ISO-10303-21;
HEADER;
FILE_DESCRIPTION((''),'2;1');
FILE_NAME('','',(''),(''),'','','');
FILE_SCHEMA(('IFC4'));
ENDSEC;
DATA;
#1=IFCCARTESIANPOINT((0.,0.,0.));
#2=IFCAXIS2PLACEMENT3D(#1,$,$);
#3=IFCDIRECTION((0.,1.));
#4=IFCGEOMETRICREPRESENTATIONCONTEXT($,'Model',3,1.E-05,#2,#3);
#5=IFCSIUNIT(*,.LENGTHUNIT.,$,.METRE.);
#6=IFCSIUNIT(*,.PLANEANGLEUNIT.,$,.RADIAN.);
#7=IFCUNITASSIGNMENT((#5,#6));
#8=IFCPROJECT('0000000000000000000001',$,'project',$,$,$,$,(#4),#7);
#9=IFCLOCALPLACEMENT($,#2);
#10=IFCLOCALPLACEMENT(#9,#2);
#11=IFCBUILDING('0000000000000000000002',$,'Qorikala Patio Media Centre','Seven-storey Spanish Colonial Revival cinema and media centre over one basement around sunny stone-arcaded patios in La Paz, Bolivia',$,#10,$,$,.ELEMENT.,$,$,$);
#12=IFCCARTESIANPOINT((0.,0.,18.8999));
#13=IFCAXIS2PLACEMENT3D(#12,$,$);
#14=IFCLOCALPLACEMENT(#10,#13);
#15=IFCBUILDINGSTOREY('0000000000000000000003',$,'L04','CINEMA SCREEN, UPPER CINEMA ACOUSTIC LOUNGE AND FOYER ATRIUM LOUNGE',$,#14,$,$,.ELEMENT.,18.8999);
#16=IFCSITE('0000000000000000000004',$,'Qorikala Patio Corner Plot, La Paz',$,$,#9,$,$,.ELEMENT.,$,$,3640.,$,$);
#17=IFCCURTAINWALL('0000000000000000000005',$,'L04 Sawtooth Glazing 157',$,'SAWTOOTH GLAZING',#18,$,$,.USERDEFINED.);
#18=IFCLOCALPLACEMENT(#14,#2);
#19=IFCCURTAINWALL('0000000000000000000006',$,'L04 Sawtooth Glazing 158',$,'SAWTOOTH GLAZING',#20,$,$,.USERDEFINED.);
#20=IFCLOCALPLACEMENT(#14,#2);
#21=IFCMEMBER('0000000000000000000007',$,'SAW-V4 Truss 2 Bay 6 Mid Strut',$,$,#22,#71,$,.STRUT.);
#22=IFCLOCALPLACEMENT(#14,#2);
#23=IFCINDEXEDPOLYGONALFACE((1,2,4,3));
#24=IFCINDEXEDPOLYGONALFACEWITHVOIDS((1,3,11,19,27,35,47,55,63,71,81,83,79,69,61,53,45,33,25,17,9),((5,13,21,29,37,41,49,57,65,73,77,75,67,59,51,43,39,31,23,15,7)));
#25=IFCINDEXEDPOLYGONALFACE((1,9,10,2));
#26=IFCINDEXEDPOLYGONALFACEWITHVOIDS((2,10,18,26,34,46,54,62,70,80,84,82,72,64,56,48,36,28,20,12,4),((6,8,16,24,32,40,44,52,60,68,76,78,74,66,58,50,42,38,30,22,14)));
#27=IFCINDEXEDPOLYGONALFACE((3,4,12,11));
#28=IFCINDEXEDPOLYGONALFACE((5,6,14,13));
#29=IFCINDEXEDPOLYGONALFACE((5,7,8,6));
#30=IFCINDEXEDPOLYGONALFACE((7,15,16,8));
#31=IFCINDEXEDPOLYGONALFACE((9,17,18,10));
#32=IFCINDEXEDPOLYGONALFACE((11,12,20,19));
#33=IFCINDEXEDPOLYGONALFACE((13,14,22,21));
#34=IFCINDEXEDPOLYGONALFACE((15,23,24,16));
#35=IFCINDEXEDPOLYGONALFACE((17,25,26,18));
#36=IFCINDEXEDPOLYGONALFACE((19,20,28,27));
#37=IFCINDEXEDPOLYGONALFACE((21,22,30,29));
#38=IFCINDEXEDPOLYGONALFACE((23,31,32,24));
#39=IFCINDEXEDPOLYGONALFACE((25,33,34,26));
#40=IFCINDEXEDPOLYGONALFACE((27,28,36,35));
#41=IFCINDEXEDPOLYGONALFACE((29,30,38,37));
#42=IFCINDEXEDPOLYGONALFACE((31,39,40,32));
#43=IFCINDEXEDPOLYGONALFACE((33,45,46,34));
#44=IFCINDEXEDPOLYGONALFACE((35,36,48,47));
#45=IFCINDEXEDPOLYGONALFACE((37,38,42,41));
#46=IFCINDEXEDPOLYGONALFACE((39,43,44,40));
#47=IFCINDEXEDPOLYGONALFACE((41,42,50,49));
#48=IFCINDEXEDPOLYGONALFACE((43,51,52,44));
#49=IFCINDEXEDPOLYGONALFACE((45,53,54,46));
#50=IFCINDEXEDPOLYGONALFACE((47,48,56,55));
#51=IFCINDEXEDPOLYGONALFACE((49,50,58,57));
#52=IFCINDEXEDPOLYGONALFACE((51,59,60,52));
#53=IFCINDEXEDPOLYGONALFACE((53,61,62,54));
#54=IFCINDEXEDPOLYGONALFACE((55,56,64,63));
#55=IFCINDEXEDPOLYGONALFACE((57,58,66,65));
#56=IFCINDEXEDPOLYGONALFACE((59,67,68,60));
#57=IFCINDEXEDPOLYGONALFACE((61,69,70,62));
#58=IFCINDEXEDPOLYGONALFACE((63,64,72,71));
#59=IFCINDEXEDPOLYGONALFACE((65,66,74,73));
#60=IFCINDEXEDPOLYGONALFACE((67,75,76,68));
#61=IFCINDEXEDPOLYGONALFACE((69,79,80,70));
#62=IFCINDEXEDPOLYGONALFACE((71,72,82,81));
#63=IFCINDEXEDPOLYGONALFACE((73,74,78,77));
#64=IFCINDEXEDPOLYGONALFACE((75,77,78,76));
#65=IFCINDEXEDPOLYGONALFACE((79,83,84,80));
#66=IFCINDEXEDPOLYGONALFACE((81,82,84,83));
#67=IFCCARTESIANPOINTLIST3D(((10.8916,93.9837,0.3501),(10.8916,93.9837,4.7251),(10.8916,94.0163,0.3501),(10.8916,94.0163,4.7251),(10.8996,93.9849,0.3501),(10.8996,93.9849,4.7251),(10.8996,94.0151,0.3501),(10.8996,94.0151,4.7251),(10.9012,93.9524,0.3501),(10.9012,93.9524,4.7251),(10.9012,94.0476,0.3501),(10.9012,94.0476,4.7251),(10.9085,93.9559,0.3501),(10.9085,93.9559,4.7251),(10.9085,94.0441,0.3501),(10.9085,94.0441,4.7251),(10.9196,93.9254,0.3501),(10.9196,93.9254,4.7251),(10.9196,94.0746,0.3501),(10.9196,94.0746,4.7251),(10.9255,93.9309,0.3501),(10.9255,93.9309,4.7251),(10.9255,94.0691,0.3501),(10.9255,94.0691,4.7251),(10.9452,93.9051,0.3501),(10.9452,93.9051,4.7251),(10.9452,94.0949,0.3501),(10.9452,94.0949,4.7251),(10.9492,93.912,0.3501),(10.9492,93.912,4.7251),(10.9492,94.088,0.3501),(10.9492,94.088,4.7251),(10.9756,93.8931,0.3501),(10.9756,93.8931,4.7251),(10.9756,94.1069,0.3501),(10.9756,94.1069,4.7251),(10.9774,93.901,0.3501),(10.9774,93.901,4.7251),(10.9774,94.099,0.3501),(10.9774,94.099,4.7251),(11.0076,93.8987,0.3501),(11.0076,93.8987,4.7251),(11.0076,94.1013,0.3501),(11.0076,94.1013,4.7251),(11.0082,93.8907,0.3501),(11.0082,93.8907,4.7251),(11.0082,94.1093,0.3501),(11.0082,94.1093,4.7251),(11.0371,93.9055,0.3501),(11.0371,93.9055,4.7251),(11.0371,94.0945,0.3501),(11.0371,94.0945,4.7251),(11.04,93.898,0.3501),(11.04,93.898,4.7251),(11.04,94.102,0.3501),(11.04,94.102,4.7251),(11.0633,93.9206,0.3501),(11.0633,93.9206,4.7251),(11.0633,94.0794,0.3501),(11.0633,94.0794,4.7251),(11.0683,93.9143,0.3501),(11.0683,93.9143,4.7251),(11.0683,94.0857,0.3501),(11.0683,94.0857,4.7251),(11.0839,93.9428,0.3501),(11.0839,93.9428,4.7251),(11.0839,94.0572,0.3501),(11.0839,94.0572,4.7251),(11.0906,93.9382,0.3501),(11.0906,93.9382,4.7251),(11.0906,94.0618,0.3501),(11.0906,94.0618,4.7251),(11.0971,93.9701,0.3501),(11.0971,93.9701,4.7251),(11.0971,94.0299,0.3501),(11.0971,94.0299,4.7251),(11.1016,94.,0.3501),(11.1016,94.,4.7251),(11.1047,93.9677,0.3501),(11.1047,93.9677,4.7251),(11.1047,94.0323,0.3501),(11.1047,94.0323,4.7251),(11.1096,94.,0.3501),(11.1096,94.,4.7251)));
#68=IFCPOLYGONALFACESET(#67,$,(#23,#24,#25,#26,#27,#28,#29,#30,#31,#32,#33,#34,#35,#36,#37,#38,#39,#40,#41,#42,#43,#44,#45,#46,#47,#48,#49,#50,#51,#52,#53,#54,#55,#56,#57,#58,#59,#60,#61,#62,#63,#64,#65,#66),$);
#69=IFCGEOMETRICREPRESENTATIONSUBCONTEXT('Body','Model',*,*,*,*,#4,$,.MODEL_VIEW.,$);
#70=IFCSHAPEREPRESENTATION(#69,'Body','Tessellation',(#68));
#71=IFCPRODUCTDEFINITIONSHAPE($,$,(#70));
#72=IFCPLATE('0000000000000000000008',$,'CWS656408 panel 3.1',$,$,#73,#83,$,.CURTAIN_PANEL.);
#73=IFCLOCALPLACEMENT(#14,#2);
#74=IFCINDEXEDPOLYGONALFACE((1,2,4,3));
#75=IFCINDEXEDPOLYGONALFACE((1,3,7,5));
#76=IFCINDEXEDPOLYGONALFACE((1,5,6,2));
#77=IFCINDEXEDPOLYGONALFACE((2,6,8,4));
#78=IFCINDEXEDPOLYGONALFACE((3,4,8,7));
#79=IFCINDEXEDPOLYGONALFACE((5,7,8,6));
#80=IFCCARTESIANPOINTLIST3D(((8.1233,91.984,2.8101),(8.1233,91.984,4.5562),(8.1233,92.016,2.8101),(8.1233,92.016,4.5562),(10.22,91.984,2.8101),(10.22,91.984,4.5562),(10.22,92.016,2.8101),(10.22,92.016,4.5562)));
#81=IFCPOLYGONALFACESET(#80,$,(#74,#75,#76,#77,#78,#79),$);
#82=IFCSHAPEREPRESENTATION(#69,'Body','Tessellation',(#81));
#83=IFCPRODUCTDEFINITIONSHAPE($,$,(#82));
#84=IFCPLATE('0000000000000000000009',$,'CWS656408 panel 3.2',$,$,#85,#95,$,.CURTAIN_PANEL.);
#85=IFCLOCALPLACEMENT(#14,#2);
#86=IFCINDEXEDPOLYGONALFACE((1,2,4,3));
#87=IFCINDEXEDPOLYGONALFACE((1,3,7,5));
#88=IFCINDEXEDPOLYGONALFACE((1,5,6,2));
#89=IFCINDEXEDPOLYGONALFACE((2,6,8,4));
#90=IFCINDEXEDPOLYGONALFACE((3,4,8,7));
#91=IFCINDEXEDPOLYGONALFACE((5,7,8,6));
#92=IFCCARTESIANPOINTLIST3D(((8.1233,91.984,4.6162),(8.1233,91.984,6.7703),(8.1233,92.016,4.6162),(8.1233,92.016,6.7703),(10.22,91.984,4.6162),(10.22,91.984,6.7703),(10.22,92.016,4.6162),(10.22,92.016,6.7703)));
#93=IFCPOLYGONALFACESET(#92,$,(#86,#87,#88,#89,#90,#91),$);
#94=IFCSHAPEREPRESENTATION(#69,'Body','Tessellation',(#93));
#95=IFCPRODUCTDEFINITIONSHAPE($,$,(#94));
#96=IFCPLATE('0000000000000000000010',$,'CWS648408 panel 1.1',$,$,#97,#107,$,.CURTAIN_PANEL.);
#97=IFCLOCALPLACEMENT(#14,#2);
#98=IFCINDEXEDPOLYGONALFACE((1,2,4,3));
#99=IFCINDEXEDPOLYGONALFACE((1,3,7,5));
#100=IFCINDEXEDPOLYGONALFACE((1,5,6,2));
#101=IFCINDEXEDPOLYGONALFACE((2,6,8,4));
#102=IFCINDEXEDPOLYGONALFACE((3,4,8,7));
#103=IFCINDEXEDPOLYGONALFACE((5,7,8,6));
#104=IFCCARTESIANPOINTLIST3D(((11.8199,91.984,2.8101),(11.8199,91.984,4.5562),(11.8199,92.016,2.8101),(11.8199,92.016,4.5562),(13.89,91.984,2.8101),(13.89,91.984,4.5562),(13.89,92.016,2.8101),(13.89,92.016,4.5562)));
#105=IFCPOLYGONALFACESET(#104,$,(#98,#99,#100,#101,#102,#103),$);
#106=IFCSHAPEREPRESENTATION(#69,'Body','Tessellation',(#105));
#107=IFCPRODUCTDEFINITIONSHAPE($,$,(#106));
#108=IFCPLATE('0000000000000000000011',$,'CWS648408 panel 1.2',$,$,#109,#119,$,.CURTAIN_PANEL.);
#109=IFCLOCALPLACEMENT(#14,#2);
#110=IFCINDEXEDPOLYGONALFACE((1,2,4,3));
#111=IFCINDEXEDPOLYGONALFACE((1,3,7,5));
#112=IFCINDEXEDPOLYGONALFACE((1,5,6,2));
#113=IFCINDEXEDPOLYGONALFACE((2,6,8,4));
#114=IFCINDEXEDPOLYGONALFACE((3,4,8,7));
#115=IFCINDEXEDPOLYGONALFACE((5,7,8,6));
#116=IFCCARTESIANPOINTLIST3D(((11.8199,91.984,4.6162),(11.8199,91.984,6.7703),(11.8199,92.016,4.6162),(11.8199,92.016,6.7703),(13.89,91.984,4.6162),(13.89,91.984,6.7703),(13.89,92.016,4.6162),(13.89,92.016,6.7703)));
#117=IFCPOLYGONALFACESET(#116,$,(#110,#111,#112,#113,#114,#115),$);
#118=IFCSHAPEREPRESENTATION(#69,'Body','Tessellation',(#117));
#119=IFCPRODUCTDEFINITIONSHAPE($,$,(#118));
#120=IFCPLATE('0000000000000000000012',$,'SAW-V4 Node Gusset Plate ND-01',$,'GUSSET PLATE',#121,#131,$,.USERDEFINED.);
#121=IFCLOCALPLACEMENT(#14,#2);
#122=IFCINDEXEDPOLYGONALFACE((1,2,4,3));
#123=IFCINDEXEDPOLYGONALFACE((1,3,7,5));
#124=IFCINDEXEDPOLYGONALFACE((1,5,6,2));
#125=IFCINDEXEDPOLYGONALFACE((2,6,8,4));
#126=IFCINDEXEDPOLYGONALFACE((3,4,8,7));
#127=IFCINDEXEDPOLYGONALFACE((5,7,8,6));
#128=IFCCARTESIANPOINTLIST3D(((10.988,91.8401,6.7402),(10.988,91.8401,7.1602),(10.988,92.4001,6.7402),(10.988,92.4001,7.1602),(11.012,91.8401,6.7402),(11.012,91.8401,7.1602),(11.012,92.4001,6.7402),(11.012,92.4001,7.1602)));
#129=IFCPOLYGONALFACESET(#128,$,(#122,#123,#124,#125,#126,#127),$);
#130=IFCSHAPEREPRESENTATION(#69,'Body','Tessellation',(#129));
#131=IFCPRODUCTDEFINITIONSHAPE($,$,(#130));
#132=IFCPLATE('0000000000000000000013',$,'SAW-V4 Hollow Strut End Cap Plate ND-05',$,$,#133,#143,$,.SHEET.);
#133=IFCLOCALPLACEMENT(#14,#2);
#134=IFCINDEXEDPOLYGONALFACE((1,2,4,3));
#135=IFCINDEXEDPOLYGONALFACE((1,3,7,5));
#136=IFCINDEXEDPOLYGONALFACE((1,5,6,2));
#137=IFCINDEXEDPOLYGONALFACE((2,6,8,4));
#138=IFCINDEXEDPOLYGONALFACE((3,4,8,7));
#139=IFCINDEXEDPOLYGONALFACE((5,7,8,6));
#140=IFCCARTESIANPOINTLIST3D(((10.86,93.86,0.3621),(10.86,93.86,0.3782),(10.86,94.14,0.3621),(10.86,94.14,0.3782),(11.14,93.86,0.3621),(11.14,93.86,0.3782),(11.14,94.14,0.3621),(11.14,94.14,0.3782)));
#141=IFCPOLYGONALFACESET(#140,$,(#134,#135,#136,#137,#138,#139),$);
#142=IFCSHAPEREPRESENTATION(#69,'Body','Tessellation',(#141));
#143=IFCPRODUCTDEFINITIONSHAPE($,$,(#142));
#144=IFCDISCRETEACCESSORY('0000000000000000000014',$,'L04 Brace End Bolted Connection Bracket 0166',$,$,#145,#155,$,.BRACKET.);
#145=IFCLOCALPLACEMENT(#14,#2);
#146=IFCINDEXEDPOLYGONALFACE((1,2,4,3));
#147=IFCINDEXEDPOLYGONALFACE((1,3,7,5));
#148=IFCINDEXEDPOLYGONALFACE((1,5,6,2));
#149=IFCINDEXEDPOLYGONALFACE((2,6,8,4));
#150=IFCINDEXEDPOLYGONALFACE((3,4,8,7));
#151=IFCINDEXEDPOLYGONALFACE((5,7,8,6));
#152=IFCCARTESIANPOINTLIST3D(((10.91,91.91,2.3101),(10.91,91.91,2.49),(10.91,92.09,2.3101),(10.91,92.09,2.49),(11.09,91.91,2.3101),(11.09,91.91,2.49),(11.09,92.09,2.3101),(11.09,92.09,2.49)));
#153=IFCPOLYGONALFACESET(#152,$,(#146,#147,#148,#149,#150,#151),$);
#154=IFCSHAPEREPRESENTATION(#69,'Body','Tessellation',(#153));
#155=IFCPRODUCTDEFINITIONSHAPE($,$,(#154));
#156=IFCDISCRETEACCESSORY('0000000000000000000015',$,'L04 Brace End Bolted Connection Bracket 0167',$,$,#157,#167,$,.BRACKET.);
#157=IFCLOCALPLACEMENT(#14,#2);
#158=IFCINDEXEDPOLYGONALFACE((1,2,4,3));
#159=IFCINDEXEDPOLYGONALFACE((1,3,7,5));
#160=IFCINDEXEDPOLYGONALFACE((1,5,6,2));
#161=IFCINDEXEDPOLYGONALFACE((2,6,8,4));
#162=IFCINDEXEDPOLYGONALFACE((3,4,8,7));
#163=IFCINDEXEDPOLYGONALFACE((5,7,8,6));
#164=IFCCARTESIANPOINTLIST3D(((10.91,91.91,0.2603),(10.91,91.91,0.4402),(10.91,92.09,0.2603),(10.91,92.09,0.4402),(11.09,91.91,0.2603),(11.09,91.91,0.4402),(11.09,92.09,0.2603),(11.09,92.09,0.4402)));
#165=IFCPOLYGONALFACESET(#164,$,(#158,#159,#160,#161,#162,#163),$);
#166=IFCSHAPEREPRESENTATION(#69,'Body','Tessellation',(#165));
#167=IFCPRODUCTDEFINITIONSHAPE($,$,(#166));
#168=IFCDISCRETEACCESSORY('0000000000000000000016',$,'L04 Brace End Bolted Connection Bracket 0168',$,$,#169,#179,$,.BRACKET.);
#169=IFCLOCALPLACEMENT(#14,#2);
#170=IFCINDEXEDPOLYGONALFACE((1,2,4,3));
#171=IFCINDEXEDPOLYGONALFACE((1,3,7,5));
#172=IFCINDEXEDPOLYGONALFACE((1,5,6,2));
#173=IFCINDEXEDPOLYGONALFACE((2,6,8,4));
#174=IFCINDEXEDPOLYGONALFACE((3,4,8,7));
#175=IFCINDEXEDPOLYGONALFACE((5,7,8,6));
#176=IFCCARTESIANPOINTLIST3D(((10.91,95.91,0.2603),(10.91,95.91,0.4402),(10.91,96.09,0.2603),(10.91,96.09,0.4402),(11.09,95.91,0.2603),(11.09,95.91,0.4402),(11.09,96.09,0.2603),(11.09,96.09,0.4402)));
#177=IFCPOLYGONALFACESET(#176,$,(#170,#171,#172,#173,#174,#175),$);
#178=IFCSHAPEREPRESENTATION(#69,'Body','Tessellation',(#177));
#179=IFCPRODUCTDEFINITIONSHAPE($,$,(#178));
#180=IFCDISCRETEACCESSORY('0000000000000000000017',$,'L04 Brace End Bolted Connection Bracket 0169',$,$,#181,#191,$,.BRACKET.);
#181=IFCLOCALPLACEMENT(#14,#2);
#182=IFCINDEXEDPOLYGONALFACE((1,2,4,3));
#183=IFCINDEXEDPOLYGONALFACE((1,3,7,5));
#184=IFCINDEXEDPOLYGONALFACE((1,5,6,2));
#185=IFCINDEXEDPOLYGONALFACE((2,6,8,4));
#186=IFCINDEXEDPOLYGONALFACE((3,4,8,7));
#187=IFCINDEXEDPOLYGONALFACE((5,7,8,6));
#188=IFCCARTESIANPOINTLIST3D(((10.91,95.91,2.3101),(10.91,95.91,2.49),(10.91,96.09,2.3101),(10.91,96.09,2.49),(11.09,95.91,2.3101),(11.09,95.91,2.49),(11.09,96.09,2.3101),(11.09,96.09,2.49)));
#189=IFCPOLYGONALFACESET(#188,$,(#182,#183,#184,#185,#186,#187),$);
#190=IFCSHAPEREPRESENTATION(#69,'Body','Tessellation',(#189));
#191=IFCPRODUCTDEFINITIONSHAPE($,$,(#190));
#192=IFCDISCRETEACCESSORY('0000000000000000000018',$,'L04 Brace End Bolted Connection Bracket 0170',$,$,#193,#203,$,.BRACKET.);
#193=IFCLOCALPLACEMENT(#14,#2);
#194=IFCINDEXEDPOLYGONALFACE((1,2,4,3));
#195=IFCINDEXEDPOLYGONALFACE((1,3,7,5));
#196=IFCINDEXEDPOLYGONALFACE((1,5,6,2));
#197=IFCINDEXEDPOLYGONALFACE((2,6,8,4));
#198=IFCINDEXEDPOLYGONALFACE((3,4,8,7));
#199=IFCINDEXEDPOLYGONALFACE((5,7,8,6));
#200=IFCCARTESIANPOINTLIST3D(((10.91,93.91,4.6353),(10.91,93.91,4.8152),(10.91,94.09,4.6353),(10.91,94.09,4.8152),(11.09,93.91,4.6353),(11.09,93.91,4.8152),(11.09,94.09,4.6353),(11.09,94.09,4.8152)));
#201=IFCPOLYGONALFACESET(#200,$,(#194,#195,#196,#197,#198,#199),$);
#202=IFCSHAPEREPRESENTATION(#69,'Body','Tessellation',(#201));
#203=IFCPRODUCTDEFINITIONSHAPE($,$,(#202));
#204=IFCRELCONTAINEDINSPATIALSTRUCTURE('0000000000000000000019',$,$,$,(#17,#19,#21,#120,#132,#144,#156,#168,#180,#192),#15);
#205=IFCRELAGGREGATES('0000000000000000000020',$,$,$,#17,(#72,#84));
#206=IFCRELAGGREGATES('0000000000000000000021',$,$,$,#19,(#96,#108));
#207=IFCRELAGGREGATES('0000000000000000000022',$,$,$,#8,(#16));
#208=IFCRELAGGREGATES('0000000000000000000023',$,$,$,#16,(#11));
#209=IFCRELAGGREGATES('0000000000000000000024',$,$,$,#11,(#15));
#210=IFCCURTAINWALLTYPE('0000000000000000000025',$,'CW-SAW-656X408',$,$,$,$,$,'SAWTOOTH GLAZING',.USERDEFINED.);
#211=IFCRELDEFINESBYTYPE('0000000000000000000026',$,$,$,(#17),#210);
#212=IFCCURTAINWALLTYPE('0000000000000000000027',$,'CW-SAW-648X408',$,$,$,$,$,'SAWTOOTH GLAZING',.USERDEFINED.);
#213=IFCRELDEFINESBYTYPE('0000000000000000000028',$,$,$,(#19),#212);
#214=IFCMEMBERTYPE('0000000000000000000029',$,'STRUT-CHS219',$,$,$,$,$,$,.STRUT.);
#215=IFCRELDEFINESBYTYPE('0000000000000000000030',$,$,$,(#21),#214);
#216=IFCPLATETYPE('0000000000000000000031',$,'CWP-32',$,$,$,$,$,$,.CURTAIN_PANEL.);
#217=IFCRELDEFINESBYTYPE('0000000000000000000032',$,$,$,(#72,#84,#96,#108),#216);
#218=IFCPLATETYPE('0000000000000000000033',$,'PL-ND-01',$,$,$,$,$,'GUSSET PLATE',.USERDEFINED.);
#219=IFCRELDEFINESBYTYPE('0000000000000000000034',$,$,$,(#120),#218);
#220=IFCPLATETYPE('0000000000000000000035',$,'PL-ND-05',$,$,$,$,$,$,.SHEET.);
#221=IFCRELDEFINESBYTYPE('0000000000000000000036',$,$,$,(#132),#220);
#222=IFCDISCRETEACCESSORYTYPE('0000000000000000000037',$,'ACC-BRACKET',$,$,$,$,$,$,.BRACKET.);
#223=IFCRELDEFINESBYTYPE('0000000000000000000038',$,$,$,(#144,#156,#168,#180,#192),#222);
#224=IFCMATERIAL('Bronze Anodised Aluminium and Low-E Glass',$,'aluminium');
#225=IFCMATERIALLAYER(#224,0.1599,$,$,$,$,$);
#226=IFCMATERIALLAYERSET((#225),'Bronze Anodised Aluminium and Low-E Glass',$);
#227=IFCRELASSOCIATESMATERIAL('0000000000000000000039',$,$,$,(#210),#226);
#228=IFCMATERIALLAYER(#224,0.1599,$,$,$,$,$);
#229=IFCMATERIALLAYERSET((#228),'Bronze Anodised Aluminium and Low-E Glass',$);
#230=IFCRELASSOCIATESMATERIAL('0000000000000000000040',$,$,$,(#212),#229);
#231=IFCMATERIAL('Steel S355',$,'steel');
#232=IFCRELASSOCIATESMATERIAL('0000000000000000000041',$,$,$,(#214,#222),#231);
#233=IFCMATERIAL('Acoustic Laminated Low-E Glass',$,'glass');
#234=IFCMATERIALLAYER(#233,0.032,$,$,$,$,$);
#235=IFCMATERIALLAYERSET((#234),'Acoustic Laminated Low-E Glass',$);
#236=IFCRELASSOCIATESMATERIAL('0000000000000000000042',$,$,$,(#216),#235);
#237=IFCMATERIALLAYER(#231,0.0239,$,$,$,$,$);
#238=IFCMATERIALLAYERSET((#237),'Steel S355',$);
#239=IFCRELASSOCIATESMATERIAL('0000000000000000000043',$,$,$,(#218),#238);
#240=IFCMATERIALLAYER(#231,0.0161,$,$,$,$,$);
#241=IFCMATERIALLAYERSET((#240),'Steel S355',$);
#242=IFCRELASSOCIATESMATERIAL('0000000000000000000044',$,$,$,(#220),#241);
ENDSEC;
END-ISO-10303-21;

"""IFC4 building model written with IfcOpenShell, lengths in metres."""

from ifc_helpers import new_model, si_unit, direction, frame, origin, origin_2d, place, context, subcontext, project, spatial, rectangle, hollow_circle, extrude, material, layer, layer_set, material_profile, profile_set, type_object, element, aggregate, save


model = new_model("IFC4")

# Units and contexts
model_context = context("Model", 3, precision=1e-05, world=origin(), true_north=direction((0.0, 1.0)))
body_context = subcontext(model_context, "Body", "Model", "MODEL_VIEW")
ifc_project = project(units=[si_unit("LENGTHUNIT", "METRE"), si_unit("PLANEANGLEUNIT", "RADIAN")], contexts=[model_context])

# Site, building, storey
site_placement = place(None, origin())
site = spatial("IfcSite", under=ifc_project, at=site_placement, Name="Qorikala Patio Corner Plot, La Paz", CompositionType="ELEMENT", RefElevation=3640.0)
building_placement = place(site_placement, origin())
building = spatial("IfcBuilding", under=site, at=building_placement, Name="Qorikala Patio Media Centre", Description="Seven-storey Spanish Colonial Revival cinema and media centre over one basement around sunny stone-arcaded patios in La Paz, Bolivia", CompositionType="ELEMENT")
storey_placement = place(building_placement, frame((0.0, 0.0, 18.8999)))
storey = spatial("IfcBuildingStorey", under=building, at=storey_placement, Name="L04", Description="CINEMA SCREEN, UPPER CINEMA ACOUSTIC LOUNGE AND FOYER ATRIUM LOUNGE", CompositionType="ELEMENT", Elevation=18.8999)

# Shared definitions
ifc_material_1 = material(Name="Steel S355", Category="steel")

# Curtain walls
ifc_material_2 = material(Name="Bronze Anodised Aluminium and Low-E Glass", Category="aluminium")
ifc_layer_1 = layer(ifc_material_2, 0.1599)
ifc_layer_set_1 = layer_set([ifc_layer_1], Name="Bronze Anodised Aluminium and Low-E Glass")
curtain_wall_type_1 = type_object("IfcCurtainWallType", Name="CW-SAW-656X408", ElementType="SAWTOOTH GLAZING", PredefinedType="USERDEFINED", material=ifc_layer_set_1)
curtain_wall_1_placement = place(storey_placement, origin())
curtain_wall_1 = element("IfcCurtainWall", 1, at=curtain_wall_1_placement, inside=storey, type_object=curtain_wall_type_1, Name="L04 Sawtooth Glazing 157", ObjectType="SAWTOOTH GLAZING", PredefinedType="USERDEFINED")
ifc_layer_2 = layer(ifc_material_2, 0.1599)
ifc_layer_set_2 = layer_set([ifc_layer_2], Name="Bronze Anodised Aluminium and Low-E Glass")
curtain_wall_type_2 = type_object("IfcCurtainWallType", Name="CW-SAW-648X408", ElementType="SAWTOOTH GLAZING", PredefinedType="USERDEFINED", material=ifc_layer_set_2)
curtain_wall_2_placement = place(storey_placement, origin())
curtain_wall_2 = element("IfcCurtainWall", 2, at=curtain_wall_2_placement, inside=storey, type_object=curtain_wall_type_2, Name="L04 Sawtooth Glazing 158", ObjectType="SAWTOOTH GLAZING", PredefinedType="USERDEFINED")

# Member
ifc_material_profile_1 = material_profile(ifc_material_1, hollow_circle(Radius=0.1096, WallThickness=0.0081, at=origin_2d()), Name="CHS219X8")
ifc_profile_set_1 = profile_set([ifc_material_profile_1], Name="Steel S355")
member_type_1 = type_object("IfcMemberType", Name="STRUT-CHS219", PredefinedType="STRUT", material=ifc_profile_set_1)
member_1_placement = place(storey_placement, frame((11.0, 94.0, 0.3501), z_axis=(0.0, 0.0, 1.0), x_axis=(1.0, 0.0, 0.0)))
element("IfcMember", 3, at=member_1_placement, inside=storey, type_object=member_type_1, Name="SAW-V4 Truss 2 Bay 6 Mid Strut", PredefinedType="STRUT", context=body_context, shape_type="SweptSolid", body=[
    extrude(hollow_circle(Radius=0.1096, WallThickness=0.0081, at=origin_2d()), origin(), (0.0, 0.0, 1.0), 4.375),
])

# Plates
ifc_material_3 = material(Name="Acoustic Laminated Low-E Glass", Category="glass")
ifc_layer_3 = layer(ifc_material_3, 0.032)
ifc_layer_set_3 = layer_set([ifc_layer_3], Name="Acoustic Laminated Low-E Glass")
plate_type_1 = type_object("IfcPlateType", Name="CWP-32", PredefinedType="CURTAIN_PANEL", material=ifc_layer_set_3)
plate_1_placement = place(storey_placement, frame((9.1716, 92.0, 2.8101), z_axis=(0.0, 0.0, 1.0), x_axis=(1.0, 0.0, 0.0)))
plate_1 = element("IfcPlate", 4, at=plate_1_placement, type_object=plate_type_1, Name="CWS656408 panel 3.1", PredefinedType="CURTAIN_PANEL", context=body_context, shape_type="SweptSolid", body=[
    extrude(rectangle(XDim=2.0967, YDim=0.032, at=origin_2d()), origin(), (0.0, 0.0, 1.0), 1.7461),
])
plate_2_placement = place(storey_placement, frame((9.1716, 92.0, 4.6162), z_axis=(0.0, 0.0, 1.0), x_axis=(1.0, 0.0, 0.0)))
plate_2 = element("IfcPlate", 5, at=plate_2_placement, type_object=plate_type_1, Name="CWS656408 panel 3.2", PredefinedType="CURTAIN_PANEL", context=body_context, shape_type="SweptSolid", body=[
    extrude(rectangle(XDim=2.0967, YDim=0.032, at=origin_2d()), origin(), (0.0, 0.0, 1.0), 2.1541),
])
aggregate(curtain_wall_1, [plate_1, plate_2])
plate_3_placement = place(storey_placement, frame((12.855, 92.0, 2.8101), z_axis=(0.0, 0.0, 1.0), x_axis=(1.0, 0.0, 0.0)))
plate_3 = element("IfcPlate", 6, at=plate_3_placement, type_object=plate_type_1, Name="CWS648408 panel 1.1", PredefinedType="CURTAIN_PANEL", context=body_context, shape_type="SweptSolid", body=[
    extrude(rectangle(XDim=2.0701, YDim=0.032, at=origin_2d()), origin(), (0.0, 0.0, 1.0), 1.7461),
])
plate_4_placement = place(storey_placement, frame((12.855, 92.0, 4.6162), z_axis=(0.0, 0.0, 1.0), x_axis=(1.0, 0.0, 0.0)))
plate_4 = element("IfcPlate", 7, at=plate_4_placement, type_object=plate_type_1, Name="CWS648408 panel 1.2", PredefinedType="CURTAIN_PANEL", context=body_context, shape_type="SweptSolid", body=[
    extrude(rectangle(XDim=2.0701, YDim=0.032, at=origin_2d()), origin(), (0.0, 0.0, 1.0), 2.1541),
])
aggregate(curtain_wall_2, [plate_3, plate_4])

# Plates
ifc_layer_4 = layer(ifc_material_1, 0.0239)
ifc_layer_set_4 = layer_set([ifc_layer_4], Name="Steel S355")
plate_type_2 = type_object("IfcPlateType", Name="PL-ND-01", ElementType="GUSSET PLATE", PredefinedType="USERDEFINED", material=ifc_layer_set_4)
plate_5_placement = place(storey_placement, frame((11.0, 92.1201, 6.7402), z_axis=(0.0, 0.0, 1.0), x_axis=(1.0, 0.0, 0.0)))
element("IfcPlate", 8, at=plate_5_placement, inside=storey, type_object=plate_type_2, Name="SAW-V4 Node Gusset Plate ND-01", ObjectType="GUSSET PLATE", PredefinedType="USERDEFINED", context=body_context, shape_type="SweptSolid", body=[
    extrude(rectangle(XDim=0.0239, YDim=0.5601, at=origin_2d()), origin(), (0.0, 0.0, 1.0), 0.4199),
])
ifc_layer_5 = layer(ifc_material_1, 0.0161)
ifc_layer_set_5 = layer_set([ifc_layer_5], Name="Steel S355")
plate_type_3 = type_object("IfcPlateType", Name="PL-ND-05", PredefinedType="SHEET", material=ifc_layer_set_5)
plate_6_placement = place(storey_placement, frame((11.0, 94.0, 0.3621), z_axis=(0.0, 0.0, 1.0), x_axis=(1.0, 0.0, 0.0)))
element("IfcPlate", 9, at=plate_6_placement, inside=storey, type_object=plate_type_3, Name="SAW-V4 Hollow Strut End Cap Plate ND-05", PredefinedType="SHEET", context=body_context, shape_type="SweptSolid", body=[
    extrude(rectangle(XDim=0.28, YDim=0.28, at=origin_2d()), origin(), (0.0, 0.0, 1.0), 0.0161),
])

# Discrete accessories
discrete_accessory_type = type_object("IfcDiscreteAccessoryType", Name="ACC-BRACKET", PredefinedType="BRACKET", material=ifc_material_1)
for number, where, z_axis, x_axis, name in (
    (10, (11.0, 92.0, 2.3101), (0.0, 0.0, 1.0), (1.0, 0.0, 0.0), "L04 Brace End Bolted Connection Bracket 0166"),
    (11, (11.0, 92.0, 0.2603), (0.0, 0.0, 1.0), (1.0, 0.0, 0.0), "L04 Brace End Bolted Connection Bracket 0167"),
    (12, (11.0, 96.0, 0.2603), (0.0, 0.0, 1.0), (1.0, 0.0, 0.0), "L04 Brace End Bolted Connection Bracket 0168"),
    (13, (11.0, 96.0, 2.3101), (0.0, 0.0, 1.0), (1.0, 0.0, 0.0), "L04 Brace End Bolted Connection Bracket 0169"),
    (14, (11.0, 94.0, 4.6353), (0.0, 0.0, 1.0), (1.0, 0.0, 0.0), "L04 Brace End Bolted Connection Bracket 0170"),
):
    element("IfcDiscreteAccessory", number, at=place(storey_placement, frame(where, z_axis=z_axis, x_axis=x_axis)), inside=storey, type_object=discrete_accessory_type, Name=name, PredefinedType="BRACKET", context=body_context, shape_type="SweptSolid", body=[
        extrude(rectangle(XDim=0.1799, YDim=0.1799, at=origin_2d()), origin(), (0.0, 0.0, 1.0), 0.1799),
    ])

save(model, "model.ifc")
